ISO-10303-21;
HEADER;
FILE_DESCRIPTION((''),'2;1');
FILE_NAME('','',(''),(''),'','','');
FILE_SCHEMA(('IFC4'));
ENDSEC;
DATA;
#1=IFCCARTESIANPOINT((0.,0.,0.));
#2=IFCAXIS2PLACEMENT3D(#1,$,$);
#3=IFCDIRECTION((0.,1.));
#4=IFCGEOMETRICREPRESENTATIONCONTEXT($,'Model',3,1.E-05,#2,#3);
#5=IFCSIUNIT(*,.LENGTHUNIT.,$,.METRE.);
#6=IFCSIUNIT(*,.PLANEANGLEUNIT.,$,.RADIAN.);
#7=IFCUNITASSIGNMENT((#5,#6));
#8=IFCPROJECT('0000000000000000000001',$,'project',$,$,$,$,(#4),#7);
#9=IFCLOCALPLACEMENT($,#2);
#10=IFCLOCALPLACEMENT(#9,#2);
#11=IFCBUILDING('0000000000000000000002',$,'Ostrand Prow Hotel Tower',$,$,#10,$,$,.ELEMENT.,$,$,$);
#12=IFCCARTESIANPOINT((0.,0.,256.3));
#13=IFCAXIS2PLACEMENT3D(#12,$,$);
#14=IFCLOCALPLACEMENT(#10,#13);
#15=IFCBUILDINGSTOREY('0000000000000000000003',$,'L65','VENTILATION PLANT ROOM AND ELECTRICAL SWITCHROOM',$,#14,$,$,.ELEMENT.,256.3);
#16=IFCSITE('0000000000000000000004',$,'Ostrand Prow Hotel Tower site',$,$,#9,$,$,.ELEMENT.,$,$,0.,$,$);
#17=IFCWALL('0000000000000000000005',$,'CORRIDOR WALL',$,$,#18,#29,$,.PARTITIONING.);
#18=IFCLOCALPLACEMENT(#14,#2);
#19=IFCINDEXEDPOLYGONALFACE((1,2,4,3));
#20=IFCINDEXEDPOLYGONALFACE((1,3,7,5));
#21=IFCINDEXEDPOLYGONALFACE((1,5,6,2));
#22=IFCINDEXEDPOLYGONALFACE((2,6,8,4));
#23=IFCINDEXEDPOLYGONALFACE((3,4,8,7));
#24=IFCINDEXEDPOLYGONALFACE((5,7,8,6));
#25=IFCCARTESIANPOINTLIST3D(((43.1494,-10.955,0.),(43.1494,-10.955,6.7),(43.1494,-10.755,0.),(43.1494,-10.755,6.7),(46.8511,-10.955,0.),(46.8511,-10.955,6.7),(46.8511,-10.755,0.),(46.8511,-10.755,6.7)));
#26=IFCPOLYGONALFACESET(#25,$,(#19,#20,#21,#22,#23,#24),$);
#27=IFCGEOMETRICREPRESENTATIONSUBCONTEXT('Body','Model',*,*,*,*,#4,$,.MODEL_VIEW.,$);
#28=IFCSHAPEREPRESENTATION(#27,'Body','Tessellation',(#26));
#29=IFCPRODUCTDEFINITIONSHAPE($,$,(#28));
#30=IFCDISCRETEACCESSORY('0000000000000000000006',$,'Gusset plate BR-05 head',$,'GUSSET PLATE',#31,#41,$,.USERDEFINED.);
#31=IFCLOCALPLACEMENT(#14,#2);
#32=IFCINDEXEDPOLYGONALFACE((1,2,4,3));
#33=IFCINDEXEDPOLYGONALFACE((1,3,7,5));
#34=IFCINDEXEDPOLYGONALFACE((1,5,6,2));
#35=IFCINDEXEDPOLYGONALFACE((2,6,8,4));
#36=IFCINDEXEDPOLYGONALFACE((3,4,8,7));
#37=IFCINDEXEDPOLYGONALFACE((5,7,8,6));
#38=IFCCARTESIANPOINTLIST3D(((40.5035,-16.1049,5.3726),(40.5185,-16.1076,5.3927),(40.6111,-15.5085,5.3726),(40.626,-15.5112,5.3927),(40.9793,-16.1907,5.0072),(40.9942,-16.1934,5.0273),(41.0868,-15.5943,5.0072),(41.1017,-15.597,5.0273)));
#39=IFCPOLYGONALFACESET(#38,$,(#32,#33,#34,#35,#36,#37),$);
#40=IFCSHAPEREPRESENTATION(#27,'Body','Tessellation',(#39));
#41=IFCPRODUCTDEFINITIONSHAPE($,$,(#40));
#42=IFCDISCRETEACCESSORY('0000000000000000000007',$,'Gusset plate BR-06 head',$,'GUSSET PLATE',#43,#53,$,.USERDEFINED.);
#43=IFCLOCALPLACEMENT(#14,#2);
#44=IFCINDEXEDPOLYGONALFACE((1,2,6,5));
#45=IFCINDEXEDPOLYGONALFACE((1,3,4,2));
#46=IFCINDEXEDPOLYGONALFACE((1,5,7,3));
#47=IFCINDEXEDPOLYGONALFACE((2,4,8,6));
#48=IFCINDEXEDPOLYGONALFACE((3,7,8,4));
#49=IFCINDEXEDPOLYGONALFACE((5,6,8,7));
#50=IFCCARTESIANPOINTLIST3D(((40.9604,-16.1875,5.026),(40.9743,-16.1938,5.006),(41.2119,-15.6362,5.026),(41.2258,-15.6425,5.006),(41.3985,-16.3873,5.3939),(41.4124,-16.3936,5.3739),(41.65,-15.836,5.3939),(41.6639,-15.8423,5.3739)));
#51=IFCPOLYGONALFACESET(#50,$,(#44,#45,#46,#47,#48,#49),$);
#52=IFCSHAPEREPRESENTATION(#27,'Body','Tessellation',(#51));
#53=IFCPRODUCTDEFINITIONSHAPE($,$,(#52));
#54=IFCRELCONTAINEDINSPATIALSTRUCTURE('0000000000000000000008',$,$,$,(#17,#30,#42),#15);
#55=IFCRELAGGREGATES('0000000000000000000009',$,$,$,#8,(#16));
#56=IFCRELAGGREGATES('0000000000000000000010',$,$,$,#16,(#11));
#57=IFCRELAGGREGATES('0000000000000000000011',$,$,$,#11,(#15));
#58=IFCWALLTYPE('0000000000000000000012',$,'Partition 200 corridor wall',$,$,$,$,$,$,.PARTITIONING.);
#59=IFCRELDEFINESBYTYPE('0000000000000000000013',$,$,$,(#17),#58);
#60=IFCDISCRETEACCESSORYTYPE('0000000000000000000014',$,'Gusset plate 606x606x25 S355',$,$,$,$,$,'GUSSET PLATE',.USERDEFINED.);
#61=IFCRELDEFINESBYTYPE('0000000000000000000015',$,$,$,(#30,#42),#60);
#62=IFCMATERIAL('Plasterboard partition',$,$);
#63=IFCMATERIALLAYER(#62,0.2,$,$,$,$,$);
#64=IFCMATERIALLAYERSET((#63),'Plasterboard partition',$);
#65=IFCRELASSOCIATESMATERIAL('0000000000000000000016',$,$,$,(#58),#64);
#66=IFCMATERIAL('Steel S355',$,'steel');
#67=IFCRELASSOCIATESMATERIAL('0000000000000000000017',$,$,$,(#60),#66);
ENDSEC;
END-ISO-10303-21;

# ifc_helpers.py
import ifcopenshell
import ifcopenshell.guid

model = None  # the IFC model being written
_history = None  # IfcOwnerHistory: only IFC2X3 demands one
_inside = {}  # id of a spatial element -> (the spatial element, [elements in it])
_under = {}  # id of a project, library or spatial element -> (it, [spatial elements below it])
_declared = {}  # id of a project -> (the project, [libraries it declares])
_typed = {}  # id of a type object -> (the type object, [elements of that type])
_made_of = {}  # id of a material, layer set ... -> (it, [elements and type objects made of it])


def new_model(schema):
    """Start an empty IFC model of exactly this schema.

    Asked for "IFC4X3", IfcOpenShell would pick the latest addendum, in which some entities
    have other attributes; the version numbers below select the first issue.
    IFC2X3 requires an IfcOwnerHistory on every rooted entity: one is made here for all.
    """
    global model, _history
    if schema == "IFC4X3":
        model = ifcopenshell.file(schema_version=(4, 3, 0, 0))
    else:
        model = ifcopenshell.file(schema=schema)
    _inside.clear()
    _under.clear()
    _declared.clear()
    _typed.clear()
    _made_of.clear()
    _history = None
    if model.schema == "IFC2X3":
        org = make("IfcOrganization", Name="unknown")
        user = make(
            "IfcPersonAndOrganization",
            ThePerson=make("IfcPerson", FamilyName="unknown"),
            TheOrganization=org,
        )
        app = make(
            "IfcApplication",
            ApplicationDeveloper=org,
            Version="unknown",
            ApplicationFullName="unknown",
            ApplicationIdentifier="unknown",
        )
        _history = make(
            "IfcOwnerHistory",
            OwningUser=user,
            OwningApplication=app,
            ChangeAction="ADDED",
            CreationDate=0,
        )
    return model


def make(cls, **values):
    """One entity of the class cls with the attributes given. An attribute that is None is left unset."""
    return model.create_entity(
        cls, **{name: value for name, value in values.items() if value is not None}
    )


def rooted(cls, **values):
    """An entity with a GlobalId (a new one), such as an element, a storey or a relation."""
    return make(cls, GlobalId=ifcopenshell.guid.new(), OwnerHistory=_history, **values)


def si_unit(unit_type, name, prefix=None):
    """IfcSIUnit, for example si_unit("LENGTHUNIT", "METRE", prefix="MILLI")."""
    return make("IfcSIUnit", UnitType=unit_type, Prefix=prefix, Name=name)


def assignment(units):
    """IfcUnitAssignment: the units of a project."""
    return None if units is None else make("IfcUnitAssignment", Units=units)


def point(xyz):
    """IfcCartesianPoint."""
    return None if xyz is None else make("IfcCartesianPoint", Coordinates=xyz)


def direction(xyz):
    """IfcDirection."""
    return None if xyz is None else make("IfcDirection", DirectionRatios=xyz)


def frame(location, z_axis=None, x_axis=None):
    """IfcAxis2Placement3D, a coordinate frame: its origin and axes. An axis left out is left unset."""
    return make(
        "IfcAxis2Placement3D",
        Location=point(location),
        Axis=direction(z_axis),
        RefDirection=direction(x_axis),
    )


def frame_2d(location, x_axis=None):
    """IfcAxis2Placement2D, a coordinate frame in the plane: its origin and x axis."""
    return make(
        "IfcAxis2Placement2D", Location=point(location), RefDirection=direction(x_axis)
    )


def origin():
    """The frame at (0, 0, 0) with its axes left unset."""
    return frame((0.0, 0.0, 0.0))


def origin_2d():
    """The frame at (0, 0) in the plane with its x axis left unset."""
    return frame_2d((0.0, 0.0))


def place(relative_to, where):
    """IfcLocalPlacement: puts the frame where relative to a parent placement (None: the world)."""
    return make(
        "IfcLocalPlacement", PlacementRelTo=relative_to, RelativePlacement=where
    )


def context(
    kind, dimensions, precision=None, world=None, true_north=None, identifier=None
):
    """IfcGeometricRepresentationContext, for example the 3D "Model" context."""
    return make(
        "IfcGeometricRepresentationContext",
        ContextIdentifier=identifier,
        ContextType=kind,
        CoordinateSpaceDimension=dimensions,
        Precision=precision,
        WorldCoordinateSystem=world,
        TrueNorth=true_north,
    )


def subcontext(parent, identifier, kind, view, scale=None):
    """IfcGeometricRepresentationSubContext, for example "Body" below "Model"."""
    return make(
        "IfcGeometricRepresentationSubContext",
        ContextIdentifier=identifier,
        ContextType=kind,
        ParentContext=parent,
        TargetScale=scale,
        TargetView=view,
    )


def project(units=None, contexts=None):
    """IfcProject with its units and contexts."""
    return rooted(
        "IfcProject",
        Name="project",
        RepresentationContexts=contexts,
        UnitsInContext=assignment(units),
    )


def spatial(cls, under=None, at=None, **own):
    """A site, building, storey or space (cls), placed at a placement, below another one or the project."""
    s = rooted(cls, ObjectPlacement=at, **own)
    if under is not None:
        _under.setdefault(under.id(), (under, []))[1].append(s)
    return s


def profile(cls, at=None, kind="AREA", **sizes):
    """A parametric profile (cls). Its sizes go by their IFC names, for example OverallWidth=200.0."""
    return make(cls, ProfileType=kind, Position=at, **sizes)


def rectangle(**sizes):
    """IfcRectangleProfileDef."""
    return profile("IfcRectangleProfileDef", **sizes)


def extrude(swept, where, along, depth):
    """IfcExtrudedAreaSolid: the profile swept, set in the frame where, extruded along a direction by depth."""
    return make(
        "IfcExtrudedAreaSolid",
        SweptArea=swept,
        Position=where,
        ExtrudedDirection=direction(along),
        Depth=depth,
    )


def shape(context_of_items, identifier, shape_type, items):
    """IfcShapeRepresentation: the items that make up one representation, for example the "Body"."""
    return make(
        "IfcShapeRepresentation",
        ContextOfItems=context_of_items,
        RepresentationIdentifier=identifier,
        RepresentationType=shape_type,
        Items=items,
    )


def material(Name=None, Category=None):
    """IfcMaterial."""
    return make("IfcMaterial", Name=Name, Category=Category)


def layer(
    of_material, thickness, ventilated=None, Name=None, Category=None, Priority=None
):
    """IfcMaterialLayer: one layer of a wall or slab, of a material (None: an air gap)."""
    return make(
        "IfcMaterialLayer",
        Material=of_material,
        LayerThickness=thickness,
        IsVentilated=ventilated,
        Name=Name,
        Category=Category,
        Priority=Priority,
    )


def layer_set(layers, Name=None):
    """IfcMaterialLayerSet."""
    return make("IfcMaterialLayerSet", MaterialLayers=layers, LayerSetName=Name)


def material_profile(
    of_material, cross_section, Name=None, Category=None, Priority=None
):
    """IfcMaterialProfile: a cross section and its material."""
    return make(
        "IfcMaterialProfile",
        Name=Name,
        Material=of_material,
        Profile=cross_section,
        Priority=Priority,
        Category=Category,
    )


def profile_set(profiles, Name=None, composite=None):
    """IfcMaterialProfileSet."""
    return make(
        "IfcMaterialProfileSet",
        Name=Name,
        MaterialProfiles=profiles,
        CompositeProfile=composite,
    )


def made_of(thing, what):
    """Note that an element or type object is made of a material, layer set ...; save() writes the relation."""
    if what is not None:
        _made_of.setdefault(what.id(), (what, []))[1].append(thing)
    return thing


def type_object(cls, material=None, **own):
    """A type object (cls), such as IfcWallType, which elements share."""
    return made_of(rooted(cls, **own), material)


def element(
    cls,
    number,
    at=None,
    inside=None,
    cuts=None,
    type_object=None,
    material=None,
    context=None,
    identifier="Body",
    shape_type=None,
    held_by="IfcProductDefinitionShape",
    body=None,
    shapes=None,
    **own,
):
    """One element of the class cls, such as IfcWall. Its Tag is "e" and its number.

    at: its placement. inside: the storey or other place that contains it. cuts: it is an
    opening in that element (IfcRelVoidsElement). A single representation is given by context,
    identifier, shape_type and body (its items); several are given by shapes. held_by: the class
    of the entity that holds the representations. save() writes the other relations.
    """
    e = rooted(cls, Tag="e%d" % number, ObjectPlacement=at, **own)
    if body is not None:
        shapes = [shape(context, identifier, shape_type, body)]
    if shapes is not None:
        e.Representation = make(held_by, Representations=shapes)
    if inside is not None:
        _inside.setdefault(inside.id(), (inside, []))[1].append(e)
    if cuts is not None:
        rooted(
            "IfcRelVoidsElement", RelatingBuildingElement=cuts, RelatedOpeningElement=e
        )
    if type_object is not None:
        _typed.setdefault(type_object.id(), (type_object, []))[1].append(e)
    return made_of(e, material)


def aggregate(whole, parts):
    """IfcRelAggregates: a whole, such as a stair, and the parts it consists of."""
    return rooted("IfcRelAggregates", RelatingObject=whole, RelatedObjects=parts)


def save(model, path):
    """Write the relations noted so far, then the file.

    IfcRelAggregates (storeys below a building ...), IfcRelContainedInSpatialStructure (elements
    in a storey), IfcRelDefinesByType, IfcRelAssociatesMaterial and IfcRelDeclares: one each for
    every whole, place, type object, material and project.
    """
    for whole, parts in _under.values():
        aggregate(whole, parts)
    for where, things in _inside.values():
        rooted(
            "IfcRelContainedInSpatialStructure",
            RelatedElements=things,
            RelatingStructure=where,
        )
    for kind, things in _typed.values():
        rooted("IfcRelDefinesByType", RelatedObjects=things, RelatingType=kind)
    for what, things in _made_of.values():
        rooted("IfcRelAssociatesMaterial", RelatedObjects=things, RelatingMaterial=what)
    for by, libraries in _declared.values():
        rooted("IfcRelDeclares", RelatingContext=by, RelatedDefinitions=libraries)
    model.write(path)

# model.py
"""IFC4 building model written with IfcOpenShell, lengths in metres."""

from ifc_helpers import new_model, si_unit, direction, frame, frame_2d, origin, origin_2d, place, context, subcontext, project, spatial, rectangle, extrude, material, layer, layer_set, material_profile, profile_set, type_object, element, save


model = new_model("IFC4")

# Units and contexts
model_context = context("Model", 3, precision=1e-05, world=origin(), true_north=direction((0.0, 1.0)))
body_context = subcontext(model_context, "Body", "Model", "MODEL_VIEW")
ifc_project = project(units=[si_unit("LENGTHUNIT", "METRE"), si_unit("PLANEANGLEUNIT", "RADIAN")], contexts=[model_context])

# Site, building, storey
site_placement = place(None, origin())
site = spatial("IfcSite", under=ifc_project, at=site_placement, Name="Ostrand Prow Hotel Tower site", CompositionType="ELEMENT", RefElevation=0.0)
building_placement = place(site_placement, origin())
building = spatial("IfcBuilding", under=site, at=building_placement, Name="Ostrand Prow Hotel Tower", CompositionType="ELEMENT")
storey_placement = place(building_placement, frame((0.0, 0.0, 256.3)))
storey = spatial("IfcBuildingStorey", under=building, at=storey_placement, Name="L65", Description="VENTILATION PLANT ROOM AND ELECTRICAL SWITCHROOM", CompositionType="ELEMENT", Elevation=256.3)

# Shared definitions
ifc_material_1 = material(Name="Plasterboard partition")
ifc_layer_1 = layer(ifc_material_1, 0.2)
ifc_layer_set_1 = layer_set([ifc_layer_1], Name="Plasterboard partition")
wall_type_1 = type_object("IfcWallType", Name="Partition 200 corridor wall", PredefinedType="PARTITIONING", material=ifc_layer_set_1)

# Wall
wall_1_placement = place(storey_placement, frame((43.1494, -10.855, 0.0), z_axis=(0.0, 0.0, 1.0), x_axis=(1.0, 0.0, 0.0)))
element("IfcWall", 1, at=wall_1_placement, inside=storey, type_object=wall_type_1, Name="CORRIDOR WALL", PredefinedType="PARTITIONING", context=body_context, shape_type="SweptSolid", body=[
    extrude(rectangle(XDim=3.7017, YDim=0.2, at=frame_2d((1.8508, 0.0))), origin(), (0.0, 0.0, 1.0), 6.7),
])

# Discrete accessories
ifc_material_2 = material(Name="Steel S355", Category="steel")
ifc_material_profile_1 = material_profile(ifc_material_2, rectangle(XDim=0.606, YDim=0.606, at=origin_2d()), Name="PL 606x606x25")
ifc_profile_set_1 = profile_set([ifc_material_profile_1], Name="Steel S355")
discrete_accessory_type = type_object("IfcDiscreteAccessoryType", Name="Gusset plate 606x606x25 S355", ElementType="GUSSET PLATE", PredefinedType="USERDEFINED", material=ifc_profile_set_1)
for number, where, z_axis, x_axis, name in (
    (2, (40.7952, -15.8496, 5.1899), (0.593437, -0.107013, 0.797735), (0.177466, 0.984127, 0.0), "Gusset plate BR-05 head"),
    (3, (41.3191, -16.0181, 5.1899), (-0.552358, 0.251953, 0.79462), (-0.415005, -0.909819, 0.0), "Gusset plate BR-06 head"),
):
    element("IfcDiscreteAccessory", number, at=place(storey_placement, frame(where, z_axis=z_axis, x_axis=x_axis)), inside=storey, type_object=discrete_accessory_type, Name=name, ObjectType="GUSSET PLATE", PredefinedType="USERDEFINED", context=body_context, shape_type="SweptSolid", body=[
        extrude(rectangle(XDim=0.606, YDim=0.606, at=origin_2d()), origin(), (0.0, 0.0, 1.0), 0.0251),
    ])

save(model, "model.ifc")
